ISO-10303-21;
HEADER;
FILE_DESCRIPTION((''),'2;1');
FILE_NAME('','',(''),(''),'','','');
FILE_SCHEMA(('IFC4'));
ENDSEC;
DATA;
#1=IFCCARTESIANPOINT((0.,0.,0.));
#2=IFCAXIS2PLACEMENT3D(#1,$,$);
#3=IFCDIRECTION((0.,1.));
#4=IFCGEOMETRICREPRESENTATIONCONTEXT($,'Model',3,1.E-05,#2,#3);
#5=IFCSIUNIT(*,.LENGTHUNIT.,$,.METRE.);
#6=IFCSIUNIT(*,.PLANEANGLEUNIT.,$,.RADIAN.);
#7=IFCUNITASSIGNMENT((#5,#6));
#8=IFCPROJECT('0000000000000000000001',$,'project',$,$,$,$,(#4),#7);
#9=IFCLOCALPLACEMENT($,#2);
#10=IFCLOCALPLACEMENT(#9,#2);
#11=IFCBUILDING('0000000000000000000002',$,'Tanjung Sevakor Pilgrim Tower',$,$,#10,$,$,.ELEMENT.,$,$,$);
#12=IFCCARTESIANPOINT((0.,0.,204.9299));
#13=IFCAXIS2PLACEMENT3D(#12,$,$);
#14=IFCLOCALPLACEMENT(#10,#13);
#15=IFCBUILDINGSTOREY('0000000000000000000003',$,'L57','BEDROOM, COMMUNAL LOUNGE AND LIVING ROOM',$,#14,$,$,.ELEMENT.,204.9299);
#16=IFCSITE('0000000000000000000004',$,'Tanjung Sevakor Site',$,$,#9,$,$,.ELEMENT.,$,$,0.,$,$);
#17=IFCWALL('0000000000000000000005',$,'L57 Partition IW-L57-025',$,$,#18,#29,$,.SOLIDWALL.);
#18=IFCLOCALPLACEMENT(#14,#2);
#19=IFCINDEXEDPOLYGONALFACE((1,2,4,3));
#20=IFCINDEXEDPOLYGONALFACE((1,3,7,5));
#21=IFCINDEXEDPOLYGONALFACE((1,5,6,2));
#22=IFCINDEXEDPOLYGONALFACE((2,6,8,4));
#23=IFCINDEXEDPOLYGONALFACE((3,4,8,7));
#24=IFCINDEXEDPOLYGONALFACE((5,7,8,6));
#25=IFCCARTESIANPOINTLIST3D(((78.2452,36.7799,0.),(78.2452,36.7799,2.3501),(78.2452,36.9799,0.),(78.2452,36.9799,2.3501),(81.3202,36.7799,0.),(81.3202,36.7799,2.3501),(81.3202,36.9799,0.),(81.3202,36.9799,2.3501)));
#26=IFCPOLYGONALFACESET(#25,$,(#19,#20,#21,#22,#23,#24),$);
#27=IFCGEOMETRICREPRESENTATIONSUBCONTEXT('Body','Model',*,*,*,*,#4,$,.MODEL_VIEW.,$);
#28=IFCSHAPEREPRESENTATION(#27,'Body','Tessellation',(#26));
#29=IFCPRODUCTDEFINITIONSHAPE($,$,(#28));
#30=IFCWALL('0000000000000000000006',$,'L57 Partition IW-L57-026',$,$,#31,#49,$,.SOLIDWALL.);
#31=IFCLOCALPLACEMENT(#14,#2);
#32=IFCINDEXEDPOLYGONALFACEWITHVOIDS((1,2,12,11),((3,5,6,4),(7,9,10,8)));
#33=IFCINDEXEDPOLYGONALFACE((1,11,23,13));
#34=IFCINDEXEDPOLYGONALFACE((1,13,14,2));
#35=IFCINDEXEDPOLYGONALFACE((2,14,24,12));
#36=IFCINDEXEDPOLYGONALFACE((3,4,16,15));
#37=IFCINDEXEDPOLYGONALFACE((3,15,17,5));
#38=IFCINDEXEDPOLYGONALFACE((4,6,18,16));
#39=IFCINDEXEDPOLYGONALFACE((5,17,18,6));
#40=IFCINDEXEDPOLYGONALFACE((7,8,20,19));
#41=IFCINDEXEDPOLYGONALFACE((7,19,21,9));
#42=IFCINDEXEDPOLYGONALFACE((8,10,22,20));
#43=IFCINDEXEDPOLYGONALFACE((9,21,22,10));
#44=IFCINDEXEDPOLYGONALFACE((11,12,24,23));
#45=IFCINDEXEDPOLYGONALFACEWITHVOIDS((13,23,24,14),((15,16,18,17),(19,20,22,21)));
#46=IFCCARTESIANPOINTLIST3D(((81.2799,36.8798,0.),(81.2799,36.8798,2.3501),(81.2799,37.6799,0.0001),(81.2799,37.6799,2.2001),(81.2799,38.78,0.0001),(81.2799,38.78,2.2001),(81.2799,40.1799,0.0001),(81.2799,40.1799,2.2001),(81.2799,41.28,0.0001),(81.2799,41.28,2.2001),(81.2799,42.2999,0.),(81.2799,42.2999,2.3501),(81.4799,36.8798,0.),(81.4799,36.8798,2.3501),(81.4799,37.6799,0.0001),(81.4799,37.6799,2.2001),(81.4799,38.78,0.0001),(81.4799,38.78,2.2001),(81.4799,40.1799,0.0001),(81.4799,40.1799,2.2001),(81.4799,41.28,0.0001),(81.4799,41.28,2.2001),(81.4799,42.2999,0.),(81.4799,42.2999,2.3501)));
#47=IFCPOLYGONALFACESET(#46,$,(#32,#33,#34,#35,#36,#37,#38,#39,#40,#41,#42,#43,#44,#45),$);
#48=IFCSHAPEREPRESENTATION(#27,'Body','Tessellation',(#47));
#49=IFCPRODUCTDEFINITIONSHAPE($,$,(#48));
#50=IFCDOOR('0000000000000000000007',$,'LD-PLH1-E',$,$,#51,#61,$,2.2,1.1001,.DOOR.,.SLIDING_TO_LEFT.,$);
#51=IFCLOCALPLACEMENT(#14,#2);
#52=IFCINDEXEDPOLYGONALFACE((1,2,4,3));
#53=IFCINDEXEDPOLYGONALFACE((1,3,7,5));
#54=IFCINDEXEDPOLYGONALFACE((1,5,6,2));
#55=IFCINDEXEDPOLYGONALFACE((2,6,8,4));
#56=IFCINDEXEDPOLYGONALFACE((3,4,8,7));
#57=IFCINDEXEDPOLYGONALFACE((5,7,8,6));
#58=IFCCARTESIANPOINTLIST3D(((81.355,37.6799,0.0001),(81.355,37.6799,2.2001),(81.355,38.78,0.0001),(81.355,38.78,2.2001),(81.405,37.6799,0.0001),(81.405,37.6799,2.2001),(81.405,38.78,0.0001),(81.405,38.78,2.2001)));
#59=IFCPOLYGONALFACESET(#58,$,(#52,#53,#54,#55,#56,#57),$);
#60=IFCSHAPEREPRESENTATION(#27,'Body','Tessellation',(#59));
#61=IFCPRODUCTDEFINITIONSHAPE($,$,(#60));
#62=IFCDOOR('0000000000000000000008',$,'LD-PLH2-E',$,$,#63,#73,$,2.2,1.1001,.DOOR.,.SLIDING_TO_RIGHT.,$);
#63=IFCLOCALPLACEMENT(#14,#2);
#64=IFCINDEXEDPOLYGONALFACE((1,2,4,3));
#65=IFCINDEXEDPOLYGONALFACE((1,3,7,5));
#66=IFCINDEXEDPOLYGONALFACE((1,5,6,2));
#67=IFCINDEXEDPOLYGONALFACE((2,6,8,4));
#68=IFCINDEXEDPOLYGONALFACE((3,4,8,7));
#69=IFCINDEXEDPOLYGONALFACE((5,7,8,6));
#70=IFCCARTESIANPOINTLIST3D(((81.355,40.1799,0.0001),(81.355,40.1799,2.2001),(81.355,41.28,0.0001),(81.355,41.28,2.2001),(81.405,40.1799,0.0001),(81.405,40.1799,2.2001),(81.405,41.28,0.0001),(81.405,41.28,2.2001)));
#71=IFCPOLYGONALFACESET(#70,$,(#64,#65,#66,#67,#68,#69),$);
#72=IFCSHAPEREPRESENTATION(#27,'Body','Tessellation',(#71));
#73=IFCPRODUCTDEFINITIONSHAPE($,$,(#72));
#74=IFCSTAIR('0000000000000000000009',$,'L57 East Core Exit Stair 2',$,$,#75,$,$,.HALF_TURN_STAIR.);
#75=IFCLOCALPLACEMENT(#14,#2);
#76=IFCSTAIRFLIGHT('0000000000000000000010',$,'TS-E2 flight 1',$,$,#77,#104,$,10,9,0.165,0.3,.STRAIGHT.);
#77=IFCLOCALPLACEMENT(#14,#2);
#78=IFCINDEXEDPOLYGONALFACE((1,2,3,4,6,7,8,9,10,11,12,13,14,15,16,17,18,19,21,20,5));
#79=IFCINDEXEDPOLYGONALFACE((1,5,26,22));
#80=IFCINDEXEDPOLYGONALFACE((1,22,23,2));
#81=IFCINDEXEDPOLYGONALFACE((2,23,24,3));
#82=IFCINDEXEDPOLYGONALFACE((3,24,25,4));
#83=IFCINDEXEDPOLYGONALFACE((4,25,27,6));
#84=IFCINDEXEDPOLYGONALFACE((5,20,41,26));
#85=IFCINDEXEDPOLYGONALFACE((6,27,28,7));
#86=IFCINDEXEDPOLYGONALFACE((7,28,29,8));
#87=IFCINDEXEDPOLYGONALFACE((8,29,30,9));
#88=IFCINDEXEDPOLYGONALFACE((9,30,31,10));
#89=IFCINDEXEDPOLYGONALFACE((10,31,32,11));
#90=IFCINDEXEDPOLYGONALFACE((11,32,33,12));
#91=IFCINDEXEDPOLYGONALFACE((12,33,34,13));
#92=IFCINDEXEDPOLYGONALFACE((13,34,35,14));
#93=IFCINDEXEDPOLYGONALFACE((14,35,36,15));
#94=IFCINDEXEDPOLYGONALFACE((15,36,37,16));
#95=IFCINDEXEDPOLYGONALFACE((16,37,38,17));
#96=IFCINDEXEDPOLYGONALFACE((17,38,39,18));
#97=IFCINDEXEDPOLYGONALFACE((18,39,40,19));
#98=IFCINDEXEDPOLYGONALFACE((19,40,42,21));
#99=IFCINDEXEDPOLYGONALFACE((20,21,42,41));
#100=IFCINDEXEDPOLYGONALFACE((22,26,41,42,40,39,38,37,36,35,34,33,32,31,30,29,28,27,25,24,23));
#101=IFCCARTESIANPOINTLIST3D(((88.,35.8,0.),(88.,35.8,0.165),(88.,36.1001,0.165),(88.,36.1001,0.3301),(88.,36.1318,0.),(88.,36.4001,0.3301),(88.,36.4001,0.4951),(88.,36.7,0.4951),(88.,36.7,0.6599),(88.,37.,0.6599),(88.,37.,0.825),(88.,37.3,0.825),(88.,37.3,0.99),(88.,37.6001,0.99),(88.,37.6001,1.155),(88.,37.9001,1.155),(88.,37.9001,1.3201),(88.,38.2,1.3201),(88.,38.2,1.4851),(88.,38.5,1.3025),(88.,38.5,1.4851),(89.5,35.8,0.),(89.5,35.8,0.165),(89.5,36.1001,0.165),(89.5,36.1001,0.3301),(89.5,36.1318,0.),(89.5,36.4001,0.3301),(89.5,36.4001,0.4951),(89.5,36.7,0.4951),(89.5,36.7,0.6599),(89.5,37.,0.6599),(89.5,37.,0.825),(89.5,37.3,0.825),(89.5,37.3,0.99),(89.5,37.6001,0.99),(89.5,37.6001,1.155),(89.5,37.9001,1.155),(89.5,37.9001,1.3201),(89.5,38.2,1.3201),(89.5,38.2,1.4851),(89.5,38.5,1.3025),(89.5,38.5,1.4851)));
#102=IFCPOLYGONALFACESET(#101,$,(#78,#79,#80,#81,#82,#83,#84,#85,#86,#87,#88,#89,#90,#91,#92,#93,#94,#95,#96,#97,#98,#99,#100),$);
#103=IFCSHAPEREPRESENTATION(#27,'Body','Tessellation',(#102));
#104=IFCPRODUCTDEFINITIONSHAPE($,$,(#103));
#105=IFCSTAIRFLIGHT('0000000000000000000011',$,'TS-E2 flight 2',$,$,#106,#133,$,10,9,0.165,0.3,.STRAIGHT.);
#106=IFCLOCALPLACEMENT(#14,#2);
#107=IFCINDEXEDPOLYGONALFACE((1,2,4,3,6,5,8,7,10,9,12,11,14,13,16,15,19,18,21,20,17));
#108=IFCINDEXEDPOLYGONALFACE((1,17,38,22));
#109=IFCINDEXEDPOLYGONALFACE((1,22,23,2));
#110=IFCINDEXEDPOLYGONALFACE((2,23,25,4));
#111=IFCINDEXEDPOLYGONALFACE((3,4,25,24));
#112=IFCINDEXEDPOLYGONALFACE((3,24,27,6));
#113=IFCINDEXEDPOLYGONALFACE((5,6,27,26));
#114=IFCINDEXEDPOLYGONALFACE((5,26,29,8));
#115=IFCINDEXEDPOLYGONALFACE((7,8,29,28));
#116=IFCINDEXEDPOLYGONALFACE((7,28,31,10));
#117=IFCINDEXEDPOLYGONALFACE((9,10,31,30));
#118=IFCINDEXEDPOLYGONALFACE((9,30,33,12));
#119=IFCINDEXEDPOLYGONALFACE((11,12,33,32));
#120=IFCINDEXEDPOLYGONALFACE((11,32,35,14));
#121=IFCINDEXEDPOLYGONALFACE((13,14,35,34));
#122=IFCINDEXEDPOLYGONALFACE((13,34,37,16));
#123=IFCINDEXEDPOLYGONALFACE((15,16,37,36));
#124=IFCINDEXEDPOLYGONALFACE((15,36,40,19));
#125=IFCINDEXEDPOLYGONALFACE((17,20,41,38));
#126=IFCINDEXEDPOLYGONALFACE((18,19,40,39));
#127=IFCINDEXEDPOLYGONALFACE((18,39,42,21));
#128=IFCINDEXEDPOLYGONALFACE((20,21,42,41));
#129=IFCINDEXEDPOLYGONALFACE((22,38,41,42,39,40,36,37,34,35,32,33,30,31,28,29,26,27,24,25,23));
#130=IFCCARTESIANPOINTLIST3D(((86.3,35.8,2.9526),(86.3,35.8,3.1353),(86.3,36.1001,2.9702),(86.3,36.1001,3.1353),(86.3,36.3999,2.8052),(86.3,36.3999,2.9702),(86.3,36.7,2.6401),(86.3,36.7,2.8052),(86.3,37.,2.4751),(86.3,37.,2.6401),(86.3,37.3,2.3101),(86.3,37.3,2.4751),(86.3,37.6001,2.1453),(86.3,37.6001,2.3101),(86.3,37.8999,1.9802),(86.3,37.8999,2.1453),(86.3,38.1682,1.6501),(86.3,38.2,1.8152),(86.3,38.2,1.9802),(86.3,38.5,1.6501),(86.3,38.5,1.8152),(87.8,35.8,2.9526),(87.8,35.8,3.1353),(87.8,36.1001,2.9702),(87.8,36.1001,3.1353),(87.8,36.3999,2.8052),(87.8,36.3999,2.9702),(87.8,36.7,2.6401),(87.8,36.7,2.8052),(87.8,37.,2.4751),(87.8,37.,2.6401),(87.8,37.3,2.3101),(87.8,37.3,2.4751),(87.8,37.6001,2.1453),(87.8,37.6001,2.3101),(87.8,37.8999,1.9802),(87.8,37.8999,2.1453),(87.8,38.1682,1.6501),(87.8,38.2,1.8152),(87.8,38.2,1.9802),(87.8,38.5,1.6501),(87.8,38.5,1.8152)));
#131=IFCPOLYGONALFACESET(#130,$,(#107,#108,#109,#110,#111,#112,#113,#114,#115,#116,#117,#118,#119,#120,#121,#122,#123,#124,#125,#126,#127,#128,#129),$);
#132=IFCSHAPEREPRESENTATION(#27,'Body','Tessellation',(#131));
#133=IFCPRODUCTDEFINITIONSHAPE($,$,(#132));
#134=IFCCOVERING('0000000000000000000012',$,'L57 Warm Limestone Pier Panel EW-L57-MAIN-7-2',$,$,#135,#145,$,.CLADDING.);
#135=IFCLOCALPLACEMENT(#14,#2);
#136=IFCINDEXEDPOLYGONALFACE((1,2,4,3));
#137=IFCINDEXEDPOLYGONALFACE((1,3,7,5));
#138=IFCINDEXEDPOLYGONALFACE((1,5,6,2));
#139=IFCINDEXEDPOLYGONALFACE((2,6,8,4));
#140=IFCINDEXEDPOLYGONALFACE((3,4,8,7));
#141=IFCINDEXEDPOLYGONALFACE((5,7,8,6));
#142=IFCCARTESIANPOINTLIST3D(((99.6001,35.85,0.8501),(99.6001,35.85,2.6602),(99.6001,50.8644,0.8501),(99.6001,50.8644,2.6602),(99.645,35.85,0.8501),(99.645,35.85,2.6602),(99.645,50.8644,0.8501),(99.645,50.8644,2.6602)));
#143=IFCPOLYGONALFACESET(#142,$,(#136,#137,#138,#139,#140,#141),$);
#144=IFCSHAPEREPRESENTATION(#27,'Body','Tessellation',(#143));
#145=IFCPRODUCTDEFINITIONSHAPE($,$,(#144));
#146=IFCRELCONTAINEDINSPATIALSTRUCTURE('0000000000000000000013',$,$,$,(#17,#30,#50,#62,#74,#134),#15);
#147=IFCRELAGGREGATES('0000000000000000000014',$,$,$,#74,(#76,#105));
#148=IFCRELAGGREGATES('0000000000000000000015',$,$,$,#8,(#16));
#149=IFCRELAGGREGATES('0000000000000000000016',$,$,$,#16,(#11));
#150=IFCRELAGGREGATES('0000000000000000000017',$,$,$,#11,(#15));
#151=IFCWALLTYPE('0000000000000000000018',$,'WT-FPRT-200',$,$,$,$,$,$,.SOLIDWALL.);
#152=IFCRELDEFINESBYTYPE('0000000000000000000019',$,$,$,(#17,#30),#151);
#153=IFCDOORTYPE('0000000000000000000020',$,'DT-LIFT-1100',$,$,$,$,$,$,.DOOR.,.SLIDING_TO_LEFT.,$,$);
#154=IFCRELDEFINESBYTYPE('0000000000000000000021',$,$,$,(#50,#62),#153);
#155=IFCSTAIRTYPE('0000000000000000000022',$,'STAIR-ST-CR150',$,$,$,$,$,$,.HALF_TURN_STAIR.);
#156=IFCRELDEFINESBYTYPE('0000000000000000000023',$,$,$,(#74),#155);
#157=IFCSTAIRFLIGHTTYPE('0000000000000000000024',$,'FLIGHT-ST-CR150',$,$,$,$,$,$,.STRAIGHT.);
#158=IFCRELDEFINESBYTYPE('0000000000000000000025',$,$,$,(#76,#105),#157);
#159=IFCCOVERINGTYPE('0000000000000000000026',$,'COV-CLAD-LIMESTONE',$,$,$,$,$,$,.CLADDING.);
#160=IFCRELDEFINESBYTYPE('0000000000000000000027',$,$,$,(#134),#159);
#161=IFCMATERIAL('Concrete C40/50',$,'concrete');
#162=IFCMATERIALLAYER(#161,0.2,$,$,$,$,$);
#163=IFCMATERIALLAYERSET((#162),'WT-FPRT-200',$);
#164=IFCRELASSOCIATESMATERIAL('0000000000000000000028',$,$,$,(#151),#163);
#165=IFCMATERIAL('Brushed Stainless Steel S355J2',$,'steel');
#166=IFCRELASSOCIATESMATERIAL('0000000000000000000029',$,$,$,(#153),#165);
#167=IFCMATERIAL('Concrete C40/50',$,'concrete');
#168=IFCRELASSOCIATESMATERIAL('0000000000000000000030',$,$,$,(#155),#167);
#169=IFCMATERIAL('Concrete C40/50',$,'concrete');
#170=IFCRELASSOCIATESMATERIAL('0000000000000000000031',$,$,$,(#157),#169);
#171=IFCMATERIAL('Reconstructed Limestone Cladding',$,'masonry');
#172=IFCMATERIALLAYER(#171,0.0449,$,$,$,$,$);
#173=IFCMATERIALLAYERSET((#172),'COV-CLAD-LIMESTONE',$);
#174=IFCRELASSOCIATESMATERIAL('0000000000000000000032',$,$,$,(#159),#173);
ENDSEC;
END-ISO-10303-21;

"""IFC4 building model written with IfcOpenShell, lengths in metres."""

from ifc_helpers import new_model, si_unit, direction, frame, frame_2d, origin, origin_2d, place, context, subcontext, project, spatial, polyline, rectangle, outline, extrude, material, layer, layer_set, type_object, element, fill, aggregate, save


model = new_model("IFC4")

# Units and contexts
model_context = context("Model", 3, precision=1e-05, world=origin(), true_north=direction((0.0, 1.0)))
body_context = subcontext(model_context, "Body", "Model", "MODEL_VIEW")
ifc_project = project(units=[si_unit("LENGTHUNIT", "METRE"), si_unit("PLANEANGLEUNIT", "RADIAN")], contexts=[model_context])

# Site, building, storey
site_placement = place(None, origin())
site = spatial("IfcSite", under=ifc_project, at=site_placement, Name="Tanjung Sevakor Site", CompositionType="ELEMENT", RefElevation=0.0)
building_placement = place(site_placement, origin())
building = spatial("IfcBuilding", under=site, at=building_placement, Name="Tanjung Sevakor Pilgrim Tower", CompositionType="ELEMENT")
storey_placement = place(building_placement, frame((0.0, 0.0, 204.9299)))
storey = spatial("IfcBuildingStorey", under=building, at=storey_placement, Name="L57", Description="BEDROOM, COMMUNAL LOUNGE AND LIVING ROOM", CompositionType="ELEMENT", Elevation=204.9299)

# Wall
ifc_material_1 = material(Name="Concrete C40/50", Category="concrete")
ifc_layer_1 = layer(ifc_material_1, 0.2)
ifc_layer_set_1 = layer_set([ifc_layer_1], Name="WT-FPRT-200")
wall_type_1 = type_object("IfcWallType", Name="WT-FPRT-200", PredefinedType="SOLIDWALL", material=ifc_layer_set_1)
wall_1_placement = place(storey_placement, frame((78.2451, 36.8799, 0.0), z_axis=(0.0, 0.0, 1.0), x_axis=(1.0, 0.0, 0.0)))
element("IfcWall", 1, at=wall_1_placement, inside=storey, type_object=wall_type_1, Name="L57 Partition IW-L57-025", PredefinedType="SOLIDWALL", context=body_context, shape_type="SweptSolid", body=[
    extrude(rectangle(XDim=3.075, YDim=0.2, at=frame_2d((1.5376, 0.0))), origin(), (0.0, 0.0, 1.0), 2.3501),
])

# Wall, openings, doors
wall_2_placement = place(storey_placement, frame((81.3799, 36.8799, 0.0), z_axis=(0.0, 0.0, 1.0), x_axis=(0.0, 1.0, 0.0)))
wall_2 = element("IfcWall", 2, at=wall_2_placement, inside=storey, type_object=wall_type_1, Name="L57 Partition IW-L57-026", PredefinedType="SOLIDWALL", context=body_context, shape_type="SweptSolid", body=[
    extrude(rectangle(XDim=5.4202, YDim=0.2, at=frame_2d((2.71, 0.0))), origin(), (0.0, 0.0, 1.0), 2.3501),
])
opening_1_placement = place(wall_2_placement, frame((0.8, 0.0, 0.0)))
opening_1 = element("IfcOpeningElement", 3, at=opening_1_placement, cuts=wall_2, PredefinedType="OPENING", context=body_context, shape_type="SweptSolid", body=[
    extrude(rectangle(XDim=1.1001, YDim=2.2, at=frame_2d((0.55, 1.1001))), frame((0.0, 0.1099, 0.0), z_axis=(0.0, -1.0, 0.0), x_axis=(1.0, 0.0, 0.0)), (0.0, 0.0, 1.0), 0.22),
])
opening_2_placement = place(wall_2_placement, frame((3.3, 0.0, 0.0)))
opening_2 = element("IfcOpeningElement", 4, at=opening_2_placement, cuts=wall_2, PredefinedType="OPENING", context=body_context, shape_type="SweptSolid", body=[
    extrude(rectangle(XDim=1.1001, YDim=2.2, at=frame_2d((0.55, 1.1001))), frame((0.0, 0.1099, 0.0), z_axis=(0.0, -1.0, 0.0), x_axis=(1.0, 0.0, 0.0)), (0.0, 0.0, 1.0), 0.22),
])
ifc_material_2 = material(Name="Brushed Stainless Steel S355J2", Category="steel")
door_type_1 = type_object("IfcDoorType", Name="DT-LIFT-1100", OperationType="SLIDING_TO_LEFT", PredefinedType="DOOR", material=ifc_material_2)
door_1_placement = place(opening_1_placement, origin())
door_1 = element("IfcDoor", 5, at=door_1_placement, inside=storey, type_object=door_type_1, Name="LD-PLH1-E", OperationType="SLIDING_TO_LEFT", OverallHeight=2.2, OverallWidth=1.1001, PredefinedType="DOOR", context=body_context, shape_type="SweptSolid", body=[
    extrude(rectangle(XDim=1.1001, YDim=2.2, at=frame_2d((0.55, 1.1001))), frame((0.0, 0.0249, 0.0), z_axis=(0.0, -1.0, 0.0), x_axis=(1.0, 0.0, 0.0)), (0.0, 0.0, 1.0), 0.05),
])
fill(opening_1, door_1)
door_2_placement = place(opening_2_placement, origin())
door_2 = element("IfcDoor", 6, at=door_2_placement, inside=storey, type_object=door_type_1, Name="LD-PLH2-E", OperationType="SLIDING_TO_RIGHT", OverallHeight=2.2, OverallWidth=1.1001, PredefinedType="DOOR", context=body_context, shape_type="SweptSolid", body=[
    extrude(rectangle(XDim=1.1001, YDim=2.2, at=frame_2d((0.55, 1.1001))), frame((0.0, 0.0249, 0.0), z_axis=(0.0, -1.0, 0.0), x_axis=(1.0, 0.0, 0.0)), (0.0, 0.0, 1.0), 0.05),
])
fill(opening_2, door_2)

# Stair, stair flights
ifc_material_3 = material(Name="Concrete C40/50", Category="concrete")
stair_type = type_object("IfcStairType", Name="STAIR-ST-CR150", PredefinedType="HALF_TURN_STAIR", material=ifc_material_3)
stair_placement = place(storey_placement, origin())
stair = element("IfcStair", 7, at=stair_placement, inside=storey, type_object=stair_type, Name="L57 East Core Exit Stair 2", PredefinedType="HALF_TURN_STAIR")
ifc_material_4 = material(Name="Concrete C40/50", Category="concrete")
stair_flight_type = type_object("IfcStairFlightType", Name="FLIGHT-ST-CR150", PredefinedType="STRAIGHT", material=ifc_material_4)
stair_flight_1_placement = place(storey_placement, frame((88.75, 35.8, 0.0), z_axis=(0.0, 0.0, 1.0), x_axis=(0.0, 1.0, 0.0)))
stair_flight_1 = element("IfcStairFlight", 8, at=stair_flight_1_placement, type_object=stair_flight_type, Name="TS-E2 flight 1", NumberOfRisers=10, NumberOfTreads=9, PredefinedType="STRAIGHT", RiserHeight=0.165, TreadLength=0.3, context=body_context, shape_type="SweptSolid", body=[
    extrude(outline(polyline([(0.0, 0.0), (0.0, 0.165), (0.3, 0.165), (0.3, 0.3301), (0.6001, 0.3301), (0.6001, 0.4951), (0.8999, 0.4951), (0.8999, 0.6599), (1.2, 0.6599), (1.2, 0.825), (1.5, 0.825), (1.5, 0.99), (1.8, 0.99), (1.8, 1.155), (2.1001, 1.155), (2.1001, 1.3201), (2.3999, 1.3201), (2.3999, 1.4851), (2.7, 1.4851), (2.7, 1.6499), (2.7, 1.3025), (0.3318, 0.0), (0.0, 0.0)])), frame((0.0, 0.75, 0.0), z_axis=(0.0, -1.0, 0.0), x_axis=(1.0, 0.0, 0.0)), (0.0, 0.0, 1.0), 1.5),
])
stair_flight_2_placement = place(storey_placement, frame((87.05, 38.5, 1.6501), z_axis=(0.0, 0.0, 1.0), x_axis=(0.0, -1.0, 0.0)))
stair_flight_2 = element("IfcStairFlight", 9, at=stair_flight_2_placement, type_object=stair_flight_type, Name="TS-E2 flight 2", NumberOfRisers=10, NumberOfTreads=9, PredefinedType="STRAIGHT", RiserHeight=0.165, TreadLength=0.3, context=body_context, shape_type="SweptSolid", body=[
    extrude(outline(polyline([(0.0, 0.0), (0.0, 0.165), (0.3, 0.165), (0.3, 0.3301), (0.6001, 0.3301), (0.6001, 0.4951), (0.8999, 0.4951), (0.8999, 0.6599), (1.2, 0.6599), (1.2, 0.825), (1.5, 0.825), (1.5, 0.99), (1.8, 0.99), (1.8, 1.155), (2.1001, 1.155), (2.1001, 1.3201), (2.3999, 1.3201), (2.3999, 1.4851), (2.7, 1.4851), (2.7, 1.6499), (2.7, 1.3025), (0.3318, 0.0), (0.0, 0.0)])), frame((0.0, 0.75, 0.0), z_axis=(0.0, -1.0, 0.0), x_axis=(1.0, 0.0, 0.0)), (0.0, 0.0, 1.0), 1.5),
])
aggregate(stair, [stair_flight_1, stair_flight_2])

# Covering
ifc_material_5 = material(Name="Reconstructed Limestone Cladding", Category="masonry")
ifc_layer_2 = layer(ifc_material_5, 0.0449)
ifc_layer_set_2 = layer_set([ifc_layer_2], Name="COV-CLAD-LIMESTONE")
covering_type = type_object("IfcCoveringType", Name="COV-CLAD-LIMESTONE", PredefinedType="CLADDING", material=ifc_layer_set_2)
covering_placement = place(storey_placement, frame((99.6226, 43.3572, 0.8501), z_axis=(0.0, 0.0, 1.0), x_axis=(0.0, 1.0, 0.0)))
element("IfcCovering", 10, at=covering_placement, inside=storey, type_object=covering_type, Name="L57 Warm Limestone Pier Panel EW-L57-MAIN-7-2", PredefinedType="CLADDING", context=body_context, shape_type="SweptSolid", body=[
    extrude(rectangle(XDim=15.0144, YDim=0.0449, at=origin_2d()), origin(), (0.0, 0.0, 1.0), 1.8101),
])

save(model, "model.ifc")
